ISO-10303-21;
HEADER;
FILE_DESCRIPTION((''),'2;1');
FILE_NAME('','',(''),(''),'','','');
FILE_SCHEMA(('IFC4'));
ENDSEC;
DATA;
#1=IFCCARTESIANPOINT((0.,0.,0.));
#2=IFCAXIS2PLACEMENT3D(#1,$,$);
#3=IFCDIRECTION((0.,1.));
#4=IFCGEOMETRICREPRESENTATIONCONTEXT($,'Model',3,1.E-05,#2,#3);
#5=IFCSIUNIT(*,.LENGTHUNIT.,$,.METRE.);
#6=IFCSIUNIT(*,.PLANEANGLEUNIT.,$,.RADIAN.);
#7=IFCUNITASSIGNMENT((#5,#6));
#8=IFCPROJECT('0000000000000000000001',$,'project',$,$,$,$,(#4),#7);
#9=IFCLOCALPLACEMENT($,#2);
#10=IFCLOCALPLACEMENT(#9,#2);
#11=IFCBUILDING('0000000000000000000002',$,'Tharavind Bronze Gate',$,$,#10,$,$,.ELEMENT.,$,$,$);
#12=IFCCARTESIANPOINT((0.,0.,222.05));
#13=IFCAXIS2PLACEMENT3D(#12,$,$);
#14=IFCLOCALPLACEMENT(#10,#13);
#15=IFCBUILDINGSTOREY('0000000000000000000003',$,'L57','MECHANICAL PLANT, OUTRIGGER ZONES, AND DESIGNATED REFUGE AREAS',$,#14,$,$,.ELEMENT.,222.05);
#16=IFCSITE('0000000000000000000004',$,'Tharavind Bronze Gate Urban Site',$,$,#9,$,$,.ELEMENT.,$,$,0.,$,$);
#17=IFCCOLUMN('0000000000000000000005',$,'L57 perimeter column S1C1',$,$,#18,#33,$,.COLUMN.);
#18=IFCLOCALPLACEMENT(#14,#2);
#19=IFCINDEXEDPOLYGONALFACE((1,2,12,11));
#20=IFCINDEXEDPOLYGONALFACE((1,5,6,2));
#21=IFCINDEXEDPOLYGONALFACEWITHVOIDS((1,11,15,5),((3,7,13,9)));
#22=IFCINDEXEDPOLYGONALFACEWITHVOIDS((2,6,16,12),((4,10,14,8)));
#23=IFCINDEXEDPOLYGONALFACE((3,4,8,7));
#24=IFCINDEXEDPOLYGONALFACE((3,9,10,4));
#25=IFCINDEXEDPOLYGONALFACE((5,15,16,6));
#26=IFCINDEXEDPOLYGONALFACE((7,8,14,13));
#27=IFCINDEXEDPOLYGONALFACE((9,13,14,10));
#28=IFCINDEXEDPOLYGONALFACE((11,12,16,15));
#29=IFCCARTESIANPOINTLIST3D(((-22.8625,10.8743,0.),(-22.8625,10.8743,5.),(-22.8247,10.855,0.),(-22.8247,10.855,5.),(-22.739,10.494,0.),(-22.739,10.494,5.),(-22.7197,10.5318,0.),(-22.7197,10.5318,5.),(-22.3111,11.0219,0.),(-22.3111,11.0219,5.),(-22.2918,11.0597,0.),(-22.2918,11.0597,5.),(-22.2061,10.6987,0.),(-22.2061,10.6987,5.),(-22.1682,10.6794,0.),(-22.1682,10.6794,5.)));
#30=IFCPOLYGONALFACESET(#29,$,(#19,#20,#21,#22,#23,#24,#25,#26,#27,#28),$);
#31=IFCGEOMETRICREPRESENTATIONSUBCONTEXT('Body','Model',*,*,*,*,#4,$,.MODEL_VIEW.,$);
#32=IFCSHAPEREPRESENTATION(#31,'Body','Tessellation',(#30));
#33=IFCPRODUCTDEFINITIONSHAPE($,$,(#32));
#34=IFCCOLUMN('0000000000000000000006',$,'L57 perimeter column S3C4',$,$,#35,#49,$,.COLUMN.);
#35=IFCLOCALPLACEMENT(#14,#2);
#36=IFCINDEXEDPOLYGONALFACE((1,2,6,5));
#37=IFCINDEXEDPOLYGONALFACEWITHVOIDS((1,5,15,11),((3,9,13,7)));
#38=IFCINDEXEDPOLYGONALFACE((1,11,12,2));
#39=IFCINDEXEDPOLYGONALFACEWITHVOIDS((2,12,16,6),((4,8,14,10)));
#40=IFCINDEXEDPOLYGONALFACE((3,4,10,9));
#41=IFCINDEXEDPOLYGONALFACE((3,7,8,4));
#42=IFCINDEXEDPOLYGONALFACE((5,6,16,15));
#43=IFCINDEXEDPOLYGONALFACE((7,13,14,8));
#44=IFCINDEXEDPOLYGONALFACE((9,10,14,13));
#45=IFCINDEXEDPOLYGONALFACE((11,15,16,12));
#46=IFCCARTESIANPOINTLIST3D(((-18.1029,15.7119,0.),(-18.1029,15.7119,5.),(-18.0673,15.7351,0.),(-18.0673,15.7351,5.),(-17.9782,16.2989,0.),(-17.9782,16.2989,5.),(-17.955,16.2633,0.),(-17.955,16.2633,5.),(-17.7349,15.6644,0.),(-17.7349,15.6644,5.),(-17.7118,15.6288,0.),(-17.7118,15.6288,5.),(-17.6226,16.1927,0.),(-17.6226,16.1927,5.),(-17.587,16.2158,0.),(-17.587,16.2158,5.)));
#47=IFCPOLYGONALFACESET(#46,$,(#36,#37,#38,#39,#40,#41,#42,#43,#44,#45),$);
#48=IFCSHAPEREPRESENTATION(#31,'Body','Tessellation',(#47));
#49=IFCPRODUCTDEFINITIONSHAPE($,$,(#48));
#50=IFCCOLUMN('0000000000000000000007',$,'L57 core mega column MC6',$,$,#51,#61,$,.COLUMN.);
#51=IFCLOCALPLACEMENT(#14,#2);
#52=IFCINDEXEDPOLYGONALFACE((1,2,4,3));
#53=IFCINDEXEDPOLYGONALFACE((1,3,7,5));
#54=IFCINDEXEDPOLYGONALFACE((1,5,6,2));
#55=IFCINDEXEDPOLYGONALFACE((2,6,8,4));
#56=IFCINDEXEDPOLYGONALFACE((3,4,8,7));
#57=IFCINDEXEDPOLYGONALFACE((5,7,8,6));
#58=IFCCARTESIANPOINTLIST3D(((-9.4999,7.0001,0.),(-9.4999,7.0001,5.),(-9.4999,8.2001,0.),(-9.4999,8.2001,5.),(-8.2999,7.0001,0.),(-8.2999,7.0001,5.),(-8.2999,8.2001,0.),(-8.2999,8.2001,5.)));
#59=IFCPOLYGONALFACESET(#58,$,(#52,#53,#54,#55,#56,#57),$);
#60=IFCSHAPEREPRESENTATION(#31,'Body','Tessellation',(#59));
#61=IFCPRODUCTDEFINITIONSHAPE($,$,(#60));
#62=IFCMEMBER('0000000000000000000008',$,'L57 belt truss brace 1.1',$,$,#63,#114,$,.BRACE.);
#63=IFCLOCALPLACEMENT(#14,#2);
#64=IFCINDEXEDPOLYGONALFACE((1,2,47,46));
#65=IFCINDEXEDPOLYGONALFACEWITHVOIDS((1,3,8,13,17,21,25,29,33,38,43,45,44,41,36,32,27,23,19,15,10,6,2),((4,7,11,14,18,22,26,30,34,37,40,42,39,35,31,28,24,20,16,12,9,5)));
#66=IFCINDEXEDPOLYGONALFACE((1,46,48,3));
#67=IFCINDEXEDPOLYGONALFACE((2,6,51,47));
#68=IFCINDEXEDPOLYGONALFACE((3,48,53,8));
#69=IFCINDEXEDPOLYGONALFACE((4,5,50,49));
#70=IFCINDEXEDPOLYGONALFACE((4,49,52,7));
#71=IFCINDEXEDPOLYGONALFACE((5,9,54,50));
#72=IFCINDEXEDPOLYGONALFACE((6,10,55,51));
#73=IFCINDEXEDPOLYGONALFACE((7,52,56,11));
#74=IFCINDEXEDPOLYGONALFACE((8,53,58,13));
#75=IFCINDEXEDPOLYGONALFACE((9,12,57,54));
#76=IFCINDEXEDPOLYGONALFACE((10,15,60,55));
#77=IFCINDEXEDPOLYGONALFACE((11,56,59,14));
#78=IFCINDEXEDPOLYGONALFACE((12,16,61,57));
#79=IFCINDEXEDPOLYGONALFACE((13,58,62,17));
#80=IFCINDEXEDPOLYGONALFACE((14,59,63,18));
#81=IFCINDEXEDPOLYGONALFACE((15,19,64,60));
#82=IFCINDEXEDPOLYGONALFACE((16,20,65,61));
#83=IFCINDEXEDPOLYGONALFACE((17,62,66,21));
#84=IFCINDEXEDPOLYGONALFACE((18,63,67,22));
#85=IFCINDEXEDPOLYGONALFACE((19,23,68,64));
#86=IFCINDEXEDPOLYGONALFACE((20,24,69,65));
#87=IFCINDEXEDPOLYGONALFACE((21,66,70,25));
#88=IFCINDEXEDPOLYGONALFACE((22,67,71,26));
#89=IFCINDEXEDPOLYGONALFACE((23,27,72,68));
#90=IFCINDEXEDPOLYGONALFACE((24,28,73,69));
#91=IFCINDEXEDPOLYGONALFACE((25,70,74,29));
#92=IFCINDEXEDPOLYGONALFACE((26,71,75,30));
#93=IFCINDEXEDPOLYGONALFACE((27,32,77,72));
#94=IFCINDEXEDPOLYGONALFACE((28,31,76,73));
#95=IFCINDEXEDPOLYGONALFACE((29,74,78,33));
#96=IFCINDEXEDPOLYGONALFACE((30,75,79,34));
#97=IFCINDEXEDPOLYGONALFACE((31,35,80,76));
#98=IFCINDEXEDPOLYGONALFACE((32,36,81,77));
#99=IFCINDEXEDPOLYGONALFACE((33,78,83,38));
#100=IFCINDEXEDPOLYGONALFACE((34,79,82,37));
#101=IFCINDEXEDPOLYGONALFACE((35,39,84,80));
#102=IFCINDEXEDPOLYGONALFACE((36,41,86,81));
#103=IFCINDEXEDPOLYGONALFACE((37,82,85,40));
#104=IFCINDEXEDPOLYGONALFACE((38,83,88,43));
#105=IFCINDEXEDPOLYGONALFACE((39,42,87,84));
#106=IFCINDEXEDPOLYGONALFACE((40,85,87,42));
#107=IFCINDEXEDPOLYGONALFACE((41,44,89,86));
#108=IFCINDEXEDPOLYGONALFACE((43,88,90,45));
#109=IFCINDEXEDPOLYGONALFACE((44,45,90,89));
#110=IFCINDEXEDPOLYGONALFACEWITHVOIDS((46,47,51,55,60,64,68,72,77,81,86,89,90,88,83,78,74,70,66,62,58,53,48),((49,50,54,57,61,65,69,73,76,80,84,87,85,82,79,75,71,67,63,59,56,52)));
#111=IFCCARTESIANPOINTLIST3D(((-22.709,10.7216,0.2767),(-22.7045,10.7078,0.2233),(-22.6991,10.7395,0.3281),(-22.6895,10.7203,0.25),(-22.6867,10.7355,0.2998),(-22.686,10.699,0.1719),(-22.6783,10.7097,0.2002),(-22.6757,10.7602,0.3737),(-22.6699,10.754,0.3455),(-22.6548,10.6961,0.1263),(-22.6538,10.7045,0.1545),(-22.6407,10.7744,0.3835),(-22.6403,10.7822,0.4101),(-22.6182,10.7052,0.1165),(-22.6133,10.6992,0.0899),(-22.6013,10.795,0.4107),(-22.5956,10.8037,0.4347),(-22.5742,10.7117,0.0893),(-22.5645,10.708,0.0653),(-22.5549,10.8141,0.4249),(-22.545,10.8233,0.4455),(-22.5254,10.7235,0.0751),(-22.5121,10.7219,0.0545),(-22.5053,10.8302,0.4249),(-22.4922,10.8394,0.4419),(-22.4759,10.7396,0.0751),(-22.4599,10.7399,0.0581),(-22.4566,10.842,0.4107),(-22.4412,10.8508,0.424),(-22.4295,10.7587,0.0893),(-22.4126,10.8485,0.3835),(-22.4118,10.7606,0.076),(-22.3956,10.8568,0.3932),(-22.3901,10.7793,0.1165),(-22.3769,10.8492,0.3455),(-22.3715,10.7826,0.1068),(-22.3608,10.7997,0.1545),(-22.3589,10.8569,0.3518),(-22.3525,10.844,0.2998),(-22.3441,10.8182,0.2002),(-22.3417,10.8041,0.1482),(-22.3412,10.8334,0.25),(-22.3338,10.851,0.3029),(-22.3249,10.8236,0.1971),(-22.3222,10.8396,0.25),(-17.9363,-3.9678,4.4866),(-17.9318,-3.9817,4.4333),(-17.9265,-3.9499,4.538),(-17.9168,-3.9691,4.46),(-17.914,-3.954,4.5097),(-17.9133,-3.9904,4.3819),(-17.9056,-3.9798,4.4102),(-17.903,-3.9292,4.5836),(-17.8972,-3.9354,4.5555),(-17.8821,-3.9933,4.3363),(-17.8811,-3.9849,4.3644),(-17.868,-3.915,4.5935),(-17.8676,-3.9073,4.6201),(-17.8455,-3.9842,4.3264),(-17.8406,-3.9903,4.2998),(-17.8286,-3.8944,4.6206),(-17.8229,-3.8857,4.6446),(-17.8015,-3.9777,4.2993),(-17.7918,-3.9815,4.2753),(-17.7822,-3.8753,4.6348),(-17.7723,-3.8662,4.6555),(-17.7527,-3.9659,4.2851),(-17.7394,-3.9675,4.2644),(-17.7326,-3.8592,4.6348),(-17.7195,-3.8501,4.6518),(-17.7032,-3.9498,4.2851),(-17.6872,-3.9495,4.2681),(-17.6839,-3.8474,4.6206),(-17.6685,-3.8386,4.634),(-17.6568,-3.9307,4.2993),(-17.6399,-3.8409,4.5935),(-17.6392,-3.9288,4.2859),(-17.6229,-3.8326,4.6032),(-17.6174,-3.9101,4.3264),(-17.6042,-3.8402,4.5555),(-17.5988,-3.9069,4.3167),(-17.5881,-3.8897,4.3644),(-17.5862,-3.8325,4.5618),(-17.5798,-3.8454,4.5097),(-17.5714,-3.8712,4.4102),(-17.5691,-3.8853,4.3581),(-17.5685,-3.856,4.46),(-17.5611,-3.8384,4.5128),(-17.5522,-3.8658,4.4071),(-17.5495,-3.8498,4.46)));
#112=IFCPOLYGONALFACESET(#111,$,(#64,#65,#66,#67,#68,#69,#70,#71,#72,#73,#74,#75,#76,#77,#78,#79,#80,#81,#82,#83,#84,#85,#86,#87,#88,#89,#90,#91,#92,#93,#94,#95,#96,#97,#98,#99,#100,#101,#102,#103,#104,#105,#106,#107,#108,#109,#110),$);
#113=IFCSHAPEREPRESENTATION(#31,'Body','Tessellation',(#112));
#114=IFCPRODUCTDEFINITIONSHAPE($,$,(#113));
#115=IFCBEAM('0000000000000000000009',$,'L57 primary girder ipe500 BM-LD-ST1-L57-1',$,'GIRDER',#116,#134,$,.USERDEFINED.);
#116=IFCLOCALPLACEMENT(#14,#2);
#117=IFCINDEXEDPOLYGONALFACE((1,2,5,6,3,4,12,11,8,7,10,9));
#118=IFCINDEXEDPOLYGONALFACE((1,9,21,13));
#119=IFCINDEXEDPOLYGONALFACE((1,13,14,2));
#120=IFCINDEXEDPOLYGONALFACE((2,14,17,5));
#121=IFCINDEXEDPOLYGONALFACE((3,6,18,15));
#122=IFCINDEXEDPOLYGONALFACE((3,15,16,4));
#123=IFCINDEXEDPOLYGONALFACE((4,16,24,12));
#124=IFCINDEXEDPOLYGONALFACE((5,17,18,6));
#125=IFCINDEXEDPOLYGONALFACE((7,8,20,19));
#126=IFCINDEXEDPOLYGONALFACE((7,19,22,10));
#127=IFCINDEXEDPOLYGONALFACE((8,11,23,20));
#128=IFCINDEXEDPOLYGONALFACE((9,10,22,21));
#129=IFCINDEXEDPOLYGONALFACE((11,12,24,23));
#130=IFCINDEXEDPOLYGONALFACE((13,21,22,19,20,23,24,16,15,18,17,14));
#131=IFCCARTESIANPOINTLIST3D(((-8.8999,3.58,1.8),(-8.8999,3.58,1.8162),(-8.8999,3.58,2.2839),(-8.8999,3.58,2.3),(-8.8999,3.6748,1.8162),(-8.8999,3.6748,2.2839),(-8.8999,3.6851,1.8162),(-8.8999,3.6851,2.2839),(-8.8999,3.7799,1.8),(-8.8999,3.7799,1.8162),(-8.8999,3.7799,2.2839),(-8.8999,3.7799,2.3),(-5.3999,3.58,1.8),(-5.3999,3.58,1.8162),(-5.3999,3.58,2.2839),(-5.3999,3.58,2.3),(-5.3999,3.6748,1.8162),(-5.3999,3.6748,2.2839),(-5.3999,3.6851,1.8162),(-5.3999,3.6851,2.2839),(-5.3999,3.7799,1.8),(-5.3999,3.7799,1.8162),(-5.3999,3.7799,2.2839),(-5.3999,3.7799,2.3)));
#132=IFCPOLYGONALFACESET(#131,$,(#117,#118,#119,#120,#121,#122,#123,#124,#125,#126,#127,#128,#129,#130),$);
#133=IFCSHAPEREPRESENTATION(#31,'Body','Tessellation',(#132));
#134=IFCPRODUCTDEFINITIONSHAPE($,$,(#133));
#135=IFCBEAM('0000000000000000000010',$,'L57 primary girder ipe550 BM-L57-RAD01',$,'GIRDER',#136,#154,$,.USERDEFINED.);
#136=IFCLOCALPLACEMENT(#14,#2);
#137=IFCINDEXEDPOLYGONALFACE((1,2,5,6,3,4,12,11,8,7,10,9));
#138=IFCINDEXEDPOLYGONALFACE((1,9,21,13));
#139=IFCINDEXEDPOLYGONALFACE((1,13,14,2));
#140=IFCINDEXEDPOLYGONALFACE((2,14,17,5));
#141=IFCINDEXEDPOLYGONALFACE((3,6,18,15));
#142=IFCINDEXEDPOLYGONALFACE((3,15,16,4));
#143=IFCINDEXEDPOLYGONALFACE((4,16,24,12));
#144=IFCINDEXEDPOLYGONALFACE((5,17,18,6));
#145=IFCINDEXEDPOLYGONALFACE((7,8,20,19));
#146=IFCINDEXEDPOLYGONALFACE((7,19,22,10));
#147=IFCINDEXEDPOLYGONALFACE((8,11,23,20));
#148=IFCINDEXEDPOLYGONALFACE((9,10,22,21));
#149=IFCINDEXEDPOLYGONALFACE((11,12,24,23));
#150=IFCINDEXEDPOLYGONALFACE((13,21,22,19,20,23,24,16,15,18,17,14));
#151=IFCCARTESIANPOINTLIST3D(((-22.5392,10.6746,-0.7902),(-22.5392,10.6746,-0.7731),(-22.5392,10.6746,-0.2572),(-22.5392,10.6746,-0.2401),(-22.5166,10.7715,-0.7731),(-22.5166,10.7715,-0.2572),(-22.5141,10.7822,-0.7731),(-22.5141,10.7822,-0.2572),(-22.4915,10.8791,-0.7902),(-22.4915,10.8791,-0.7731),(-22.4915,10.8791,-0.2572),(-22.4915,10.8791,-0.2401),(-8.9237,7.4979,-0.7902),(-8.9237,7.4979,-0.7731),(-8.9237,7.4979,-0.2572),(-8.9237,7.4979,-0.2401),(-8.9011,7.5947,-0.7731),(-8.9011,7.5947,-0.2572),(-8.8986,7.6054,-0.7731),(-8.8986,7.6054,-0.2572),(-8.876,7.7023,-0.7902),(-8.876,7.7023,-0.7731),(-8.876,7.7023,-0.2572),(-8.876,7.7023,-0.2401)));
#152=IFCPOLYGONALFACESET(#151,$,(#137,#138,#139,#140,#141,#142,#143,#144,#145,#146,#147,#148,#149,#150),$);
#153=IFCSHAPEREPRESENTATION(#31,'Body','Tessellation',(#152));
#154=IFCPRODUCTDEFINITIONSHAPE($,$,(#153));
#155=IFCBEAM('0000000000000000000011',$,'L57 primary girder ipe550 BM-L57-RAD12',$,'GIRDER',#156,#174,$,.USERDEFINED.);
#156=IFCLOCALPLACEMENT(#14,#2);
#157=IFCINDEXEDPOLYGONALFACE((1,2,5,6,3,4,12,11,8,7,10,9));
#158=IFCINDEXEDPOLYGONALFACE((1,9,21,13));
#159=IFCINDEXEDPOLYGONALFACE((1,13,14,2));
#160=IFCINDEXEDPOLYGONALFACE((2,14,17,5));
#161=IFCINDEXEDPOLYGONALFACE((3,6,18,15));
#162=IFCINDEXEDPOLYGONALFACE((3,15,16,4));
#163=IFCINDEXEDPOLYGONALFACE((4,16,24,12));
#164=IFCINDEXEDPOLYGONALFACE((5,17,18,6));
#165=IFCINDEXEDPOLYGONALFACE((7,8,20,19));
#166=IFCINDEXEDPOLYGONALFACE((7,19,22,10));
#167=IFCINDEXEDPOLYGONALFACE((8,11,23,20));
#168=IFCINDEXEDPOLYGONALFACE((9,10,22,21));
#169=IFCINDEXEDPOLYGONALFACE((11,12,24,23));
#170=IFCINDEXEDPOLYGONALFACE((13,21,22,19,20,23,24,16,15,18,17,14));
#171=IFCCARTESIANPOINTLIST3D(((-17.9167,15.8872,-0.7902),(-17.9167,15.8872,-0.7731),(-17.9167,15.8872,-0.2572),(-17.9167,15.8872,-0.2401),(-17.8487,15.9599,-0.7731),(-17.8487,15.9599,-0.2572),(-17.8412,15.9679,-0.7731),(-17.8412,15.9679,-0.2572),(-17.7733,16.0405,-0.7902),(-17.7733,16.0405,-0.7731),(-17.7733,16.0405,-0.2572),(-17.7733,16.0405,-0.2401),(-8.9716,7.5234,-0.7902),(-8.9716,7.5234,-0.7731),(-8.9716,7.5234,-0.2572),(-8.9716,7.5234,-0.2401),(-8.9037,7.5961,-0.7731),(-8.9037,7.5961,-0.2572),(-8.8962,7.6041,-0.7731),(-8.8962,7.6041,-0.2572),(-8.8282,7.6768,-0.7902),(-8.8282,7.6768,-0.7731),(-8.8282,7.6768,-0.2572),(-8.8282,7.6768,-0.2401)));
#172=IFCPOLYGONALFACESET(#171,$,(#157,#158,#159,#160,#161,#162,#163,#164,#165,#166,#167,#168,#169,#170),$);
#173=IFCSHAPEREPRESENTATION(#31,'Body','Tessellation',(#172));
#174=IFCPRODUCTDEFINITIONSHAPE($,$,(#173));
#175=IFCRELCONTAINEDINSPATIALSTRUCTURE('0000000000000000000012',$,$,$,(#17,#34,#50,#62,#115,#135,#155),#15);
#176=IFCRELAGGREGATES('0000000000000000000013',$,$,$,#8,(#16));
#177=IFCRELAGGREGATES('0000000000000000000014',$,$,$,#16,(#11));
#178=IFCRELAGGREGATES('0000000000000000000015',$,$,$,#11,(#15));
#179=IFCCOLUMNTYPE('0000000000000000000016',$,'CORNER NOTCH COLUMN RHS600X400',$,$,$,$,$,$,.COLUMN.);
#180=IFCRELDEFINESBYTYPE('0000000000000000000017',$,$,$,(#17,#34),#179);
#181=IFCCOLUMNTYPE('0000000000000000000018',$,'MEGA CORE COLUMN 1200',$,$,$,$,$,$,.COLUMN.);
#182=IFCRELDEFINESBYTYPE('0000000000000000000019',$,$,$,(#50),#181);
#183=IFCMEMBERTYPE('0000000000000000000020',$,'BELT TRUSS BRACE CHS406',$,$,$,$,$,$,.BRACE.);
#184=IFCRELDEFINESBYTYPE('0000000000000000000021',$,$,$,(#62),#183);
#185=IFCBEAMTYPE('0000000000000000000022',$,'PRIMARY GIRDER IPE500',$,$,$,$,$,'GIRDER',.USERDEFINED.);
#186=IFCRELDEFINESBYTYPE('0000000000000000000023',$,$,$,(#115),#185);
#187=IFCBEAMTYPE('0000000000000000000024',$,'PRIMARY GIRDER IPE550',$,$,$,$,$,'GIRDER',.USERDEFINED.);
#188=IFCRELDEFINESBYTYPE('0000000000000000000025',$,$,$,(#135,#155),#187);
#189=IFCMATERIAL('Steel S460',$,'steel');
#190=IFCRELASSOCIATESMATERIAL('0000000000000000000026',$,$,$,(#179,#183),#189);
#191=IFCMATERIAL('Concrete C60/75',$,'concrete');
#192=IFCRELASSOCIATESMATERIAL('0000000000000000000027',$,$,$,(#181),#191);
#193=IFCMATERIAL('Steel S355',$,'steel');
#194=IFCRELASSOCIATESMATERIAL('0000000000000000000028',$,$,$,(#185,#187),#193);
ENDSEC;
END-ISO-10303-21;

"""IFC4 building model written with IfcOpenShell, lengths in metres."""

from ifc_helpers import new_model, si_unit, direction, frame, origin, origin_2d, place, context, subcontext, project, spatial, rectangle, hollow_rectangle, hollow_circle, i_section, extrude, material, material_profile, profile_set, type_object, element, save


model = new_model("IFC4")

# Units and contexts
model_context = context("Model", 3, precision=1e-05, world=origin(), true_north=direction((0.0, 1.0)))
body_context = subcontext(model_context, "Body", "Model", "MODEL_VIEW")
ifc_project = project(units=[si_unit("LENGTHUNIT", "METRE"), si_unit("PLANEANGLEUNIT", "RADIAN")], contexts=[model_context])

# Site, building, storey
site_placement = place(None, origin())
site = spatial("IfcSite", under=ifc_project, at=site_placement, Name="Tharavind Bronze Gate Urban Site", CompositionType="ELEMENT", RefElevation=0.0)
building_placement = place(site_placement, origin())
building = spatial("IfcBuilding", under=site, at=building_placement, Name="Tharavind Bronze Gate", CompositionType="ELEMENT")
storey_placement = place(building_placement, frame((0.0, 0.0, 222.05)))
storey = spatial("IfcBuildingStorey", under=building, at=storey_placement, Name="L57", Description="MECHANICAL PLANT, OUTRIGGER ZONES, AND DESIGNATED REFUGE AREAS", CompositionType="ELEMENT", Elevation=222.05)

# Columns
ifc_material_1 = material(Name="Steel S460", Category="steel")
ifc_material_profile_1 = material_profile(ifc_material_1, hollow_rectangle(XDim=0.3999, YDim=0.6001, WallThickness=0.03, at=origin_2d()), Name="RHS600X400X30")
ifc_profile_set_1 = profile_set([ifc_material_profile_1], Name="Steel S460")
column_type_1 = type_object("IfcColumnType", Name="CORNER NOTCH COLUMN RHS600X400", PredefinedType="COLUMN", material=ifc_profile_set_1)
for number, where, z_axis, x_axis, name in (
    (1, (-22.5154, 10.7769, 0.0), (0.0, 0.0, 1.0), (-0.309017, 0.951057, 0.0), "L57 perimeter column S1C1"),
    (2, (-17.845, 15.9639, 0.0), (0.0, 0.0, 1.0), (-0.978148, 0.207912, 0.0), "L57 perimeter column S3C4"),
):
    element("IfcColumn", number, at=place(storey_placement, frame(where, z_axis=z_axis, x_axis=x_axis)), inside=storey, type_object=column_type_1, Name=name, PredefinedType="COLUMN", context=body_context, shape_type="SweptSolid", body=[
        extrude(hollow_rectangle(XDim=0.3999, YDim=0.6001, WallThickness=0.03, at=origin_2d()), origin(), (0.0, 0.0, 1.0), 5.0),
    ])
ifc_material_2 = material(Name="Concrete C60/75", Category="concrete")
ifc_material_profile_2 = material_profile(ifc_material_2, rectangle(XDim=1.2, YDim=1.2, at=origin_2d()), Name="RCCOL1200")
ifc_profile_set_2 = profile_set([ifc_material_profile_2], Name="Concrete C60/75")
column_type_2 = type_object("IfcColumnType", Name="MEGA CORE COLUMN 1200", PredefinedType="COLUMN", material=ifc_profile_set_2)
column_placement = place(storey_placement, frame((-8.8999, 7.6001, 0.0), z_axis=(0.0, 0.0, 1.0), x_axis=(1.0, 0.0, 0.0)))
element("IfcColumn", 3, at=column_placement, inside=storey, type_object=column_type_2, Name="L57 core mega column MC6", PredefinedType="COLUMN", context=body_context, shape_type="SweptSolid", body=[
    extrude(rectangle(XDim=1.2, YDim=1.2, at=origin_2d()), origin(), (0.0, 0.0, 1.0), 5.0),
])

# Member
ifc_material_profile_3 = material_profile(ifc_material_1, hollow_circle(Radius=0.2031, WallThickness=0.02, at=origin_2d()), Name="CHS406X20")
ifc_profile_set_3 = profile_set([ifc_material_profile_3], Name="Steel S460")
member_type = type_object("IfcMemberType", Name="BELT TRUSS BRACE CHS406", PredefinedType="BRACE", material=ifc_profile_set_3)
member_placement = place(storey_placement, frame((-22.5154, 10.7769, 0.25), z_axis=(0.29813, -0.917585, 0.262977), x_axis=(0.95106, 0.309006, 0.0)))
element("IfcMember", 4, at=member_placement, inside=storey, type_object=member_type, Name="L57 belt truss brace 1.1", PredefinedType="BRACE", context=body_context, shape_type="SweptSolid", body=[
    extrude(hollow_circle(Radius=0.2031, WallThickness=0.02, at=origin_2d()), origin(), (0.0, 0.0, 1.0), 16.0088),
])

# Beams
ifc_material_3 = material(Name="Steel S355", Category="steel")
ifc_material_profile_4 = material_profile(ifc_material_3, i_section(OverallWidth=0.2, OverallDepth=0.5, WebThickness=0.0103, FlangeThickness=0.0161, at=origin_2d()), Name="IPE500")
ifc_profile_set_4 = profile_set([ifc_material_profile_4], Name="Steel S355")
beam_type_1 = type_object("IfcBeamType", Name="PRIMARY GIRDER IPE500", ElementType="GIRDER", PredefinedType="USERDEFINED", material=ifc_profile_set_4)
beam_1_placement = place(storey_placement, frame((-8.8999, 3.6799, 2.05), z_axis=(1.0, 0.0, 0.0), x_axis=(0.0, 1.0, 0.0)))
element("IfcBeam", 5, at=beam_1_placement, inside=storey, type_object=beam_type_1, Name="L57 primary girder ipe500 BM-LD-ST1-L57-1", ObjectType="GIRDER", PredefinedType="USERDEFINED", context=body_context, shape_type="SweptSolid", body=[
    extrude(i_section(OverallWidth=0.2, OverallDepth=0.5, WebThickness=0.0103, FlangeThickness=0.0161, at=origin_2d()), origin(), (0.0, 0.0, 1.0), 3.5),
])
ifc_material_profile_5 = material_profile(ifc_material_3, i_section(OverallWidth=0.21, OverallDepth=0.55, WebThickness=0.011, FlangeThickness=0.0171, at=origin_2d()), Name="IPE550")
ifc_profile_set_5 = profile_set([ifc_material_profile_5], Name="Steel S355")
beam_type_2 = type_object("IfcBeamType", Name="PRIMARY GIRDER IPE550", ElementType="GIRDER", PredefinedType="USERDEFINED", material=ifc_profile_set_5)
beam_2_placement = place(storey_placement, frame((-22.5154, 10.7769, -0.5151), z_axis=(0.973844, -0.227217, 0.0), x_axis=(0.227217, 0.973844, 0.0)))
element("IfcBeam", 6, at=beam_2_placement, inside=storey, type_object=beam_type_2, Name="L57 primary girder ipe550 BM-L57-RAD01", ObjectType="GIRDER", PredefinedType="USERDEFINED", context=body_context, shape_type="SweptSolid", body=[
    extrude(i_section(OverallWidth=0.21, OverallDepth=0.55, WebThickness=0.011, FlangeThickness=0.0171, at=origin_2d()), origin(), (0.0, 0.0, 1.0), 13.9812),
])
beam_3_placement = place(storey_placement, frame((-17.845, 15.9639, -0.5151), z_axis=(0.730442, -0.682974, 0.0), x_axis=(0.682974, 0.730442, 0.0)))
element("IfcBeam", 7, at=beam_3_placement, inside=storey, type_object=beam_type_2, Name="L57 primary girder ipe550 BM-L57-RAD12", ObjectType="GIRDER", PredefinedType="USERDEFINED", context=body_context, shape_type="SweptSolid", body=[
    extrude(i_section(OverallWidth=0.21, OverallDepth=0.55, WebThickness=0.011, FlangeThickness=0.0171, at=origin_2d()), origin(), (0.0, 0.0, 1.0), 12.2461),
])

save(model, "model.ifc")
